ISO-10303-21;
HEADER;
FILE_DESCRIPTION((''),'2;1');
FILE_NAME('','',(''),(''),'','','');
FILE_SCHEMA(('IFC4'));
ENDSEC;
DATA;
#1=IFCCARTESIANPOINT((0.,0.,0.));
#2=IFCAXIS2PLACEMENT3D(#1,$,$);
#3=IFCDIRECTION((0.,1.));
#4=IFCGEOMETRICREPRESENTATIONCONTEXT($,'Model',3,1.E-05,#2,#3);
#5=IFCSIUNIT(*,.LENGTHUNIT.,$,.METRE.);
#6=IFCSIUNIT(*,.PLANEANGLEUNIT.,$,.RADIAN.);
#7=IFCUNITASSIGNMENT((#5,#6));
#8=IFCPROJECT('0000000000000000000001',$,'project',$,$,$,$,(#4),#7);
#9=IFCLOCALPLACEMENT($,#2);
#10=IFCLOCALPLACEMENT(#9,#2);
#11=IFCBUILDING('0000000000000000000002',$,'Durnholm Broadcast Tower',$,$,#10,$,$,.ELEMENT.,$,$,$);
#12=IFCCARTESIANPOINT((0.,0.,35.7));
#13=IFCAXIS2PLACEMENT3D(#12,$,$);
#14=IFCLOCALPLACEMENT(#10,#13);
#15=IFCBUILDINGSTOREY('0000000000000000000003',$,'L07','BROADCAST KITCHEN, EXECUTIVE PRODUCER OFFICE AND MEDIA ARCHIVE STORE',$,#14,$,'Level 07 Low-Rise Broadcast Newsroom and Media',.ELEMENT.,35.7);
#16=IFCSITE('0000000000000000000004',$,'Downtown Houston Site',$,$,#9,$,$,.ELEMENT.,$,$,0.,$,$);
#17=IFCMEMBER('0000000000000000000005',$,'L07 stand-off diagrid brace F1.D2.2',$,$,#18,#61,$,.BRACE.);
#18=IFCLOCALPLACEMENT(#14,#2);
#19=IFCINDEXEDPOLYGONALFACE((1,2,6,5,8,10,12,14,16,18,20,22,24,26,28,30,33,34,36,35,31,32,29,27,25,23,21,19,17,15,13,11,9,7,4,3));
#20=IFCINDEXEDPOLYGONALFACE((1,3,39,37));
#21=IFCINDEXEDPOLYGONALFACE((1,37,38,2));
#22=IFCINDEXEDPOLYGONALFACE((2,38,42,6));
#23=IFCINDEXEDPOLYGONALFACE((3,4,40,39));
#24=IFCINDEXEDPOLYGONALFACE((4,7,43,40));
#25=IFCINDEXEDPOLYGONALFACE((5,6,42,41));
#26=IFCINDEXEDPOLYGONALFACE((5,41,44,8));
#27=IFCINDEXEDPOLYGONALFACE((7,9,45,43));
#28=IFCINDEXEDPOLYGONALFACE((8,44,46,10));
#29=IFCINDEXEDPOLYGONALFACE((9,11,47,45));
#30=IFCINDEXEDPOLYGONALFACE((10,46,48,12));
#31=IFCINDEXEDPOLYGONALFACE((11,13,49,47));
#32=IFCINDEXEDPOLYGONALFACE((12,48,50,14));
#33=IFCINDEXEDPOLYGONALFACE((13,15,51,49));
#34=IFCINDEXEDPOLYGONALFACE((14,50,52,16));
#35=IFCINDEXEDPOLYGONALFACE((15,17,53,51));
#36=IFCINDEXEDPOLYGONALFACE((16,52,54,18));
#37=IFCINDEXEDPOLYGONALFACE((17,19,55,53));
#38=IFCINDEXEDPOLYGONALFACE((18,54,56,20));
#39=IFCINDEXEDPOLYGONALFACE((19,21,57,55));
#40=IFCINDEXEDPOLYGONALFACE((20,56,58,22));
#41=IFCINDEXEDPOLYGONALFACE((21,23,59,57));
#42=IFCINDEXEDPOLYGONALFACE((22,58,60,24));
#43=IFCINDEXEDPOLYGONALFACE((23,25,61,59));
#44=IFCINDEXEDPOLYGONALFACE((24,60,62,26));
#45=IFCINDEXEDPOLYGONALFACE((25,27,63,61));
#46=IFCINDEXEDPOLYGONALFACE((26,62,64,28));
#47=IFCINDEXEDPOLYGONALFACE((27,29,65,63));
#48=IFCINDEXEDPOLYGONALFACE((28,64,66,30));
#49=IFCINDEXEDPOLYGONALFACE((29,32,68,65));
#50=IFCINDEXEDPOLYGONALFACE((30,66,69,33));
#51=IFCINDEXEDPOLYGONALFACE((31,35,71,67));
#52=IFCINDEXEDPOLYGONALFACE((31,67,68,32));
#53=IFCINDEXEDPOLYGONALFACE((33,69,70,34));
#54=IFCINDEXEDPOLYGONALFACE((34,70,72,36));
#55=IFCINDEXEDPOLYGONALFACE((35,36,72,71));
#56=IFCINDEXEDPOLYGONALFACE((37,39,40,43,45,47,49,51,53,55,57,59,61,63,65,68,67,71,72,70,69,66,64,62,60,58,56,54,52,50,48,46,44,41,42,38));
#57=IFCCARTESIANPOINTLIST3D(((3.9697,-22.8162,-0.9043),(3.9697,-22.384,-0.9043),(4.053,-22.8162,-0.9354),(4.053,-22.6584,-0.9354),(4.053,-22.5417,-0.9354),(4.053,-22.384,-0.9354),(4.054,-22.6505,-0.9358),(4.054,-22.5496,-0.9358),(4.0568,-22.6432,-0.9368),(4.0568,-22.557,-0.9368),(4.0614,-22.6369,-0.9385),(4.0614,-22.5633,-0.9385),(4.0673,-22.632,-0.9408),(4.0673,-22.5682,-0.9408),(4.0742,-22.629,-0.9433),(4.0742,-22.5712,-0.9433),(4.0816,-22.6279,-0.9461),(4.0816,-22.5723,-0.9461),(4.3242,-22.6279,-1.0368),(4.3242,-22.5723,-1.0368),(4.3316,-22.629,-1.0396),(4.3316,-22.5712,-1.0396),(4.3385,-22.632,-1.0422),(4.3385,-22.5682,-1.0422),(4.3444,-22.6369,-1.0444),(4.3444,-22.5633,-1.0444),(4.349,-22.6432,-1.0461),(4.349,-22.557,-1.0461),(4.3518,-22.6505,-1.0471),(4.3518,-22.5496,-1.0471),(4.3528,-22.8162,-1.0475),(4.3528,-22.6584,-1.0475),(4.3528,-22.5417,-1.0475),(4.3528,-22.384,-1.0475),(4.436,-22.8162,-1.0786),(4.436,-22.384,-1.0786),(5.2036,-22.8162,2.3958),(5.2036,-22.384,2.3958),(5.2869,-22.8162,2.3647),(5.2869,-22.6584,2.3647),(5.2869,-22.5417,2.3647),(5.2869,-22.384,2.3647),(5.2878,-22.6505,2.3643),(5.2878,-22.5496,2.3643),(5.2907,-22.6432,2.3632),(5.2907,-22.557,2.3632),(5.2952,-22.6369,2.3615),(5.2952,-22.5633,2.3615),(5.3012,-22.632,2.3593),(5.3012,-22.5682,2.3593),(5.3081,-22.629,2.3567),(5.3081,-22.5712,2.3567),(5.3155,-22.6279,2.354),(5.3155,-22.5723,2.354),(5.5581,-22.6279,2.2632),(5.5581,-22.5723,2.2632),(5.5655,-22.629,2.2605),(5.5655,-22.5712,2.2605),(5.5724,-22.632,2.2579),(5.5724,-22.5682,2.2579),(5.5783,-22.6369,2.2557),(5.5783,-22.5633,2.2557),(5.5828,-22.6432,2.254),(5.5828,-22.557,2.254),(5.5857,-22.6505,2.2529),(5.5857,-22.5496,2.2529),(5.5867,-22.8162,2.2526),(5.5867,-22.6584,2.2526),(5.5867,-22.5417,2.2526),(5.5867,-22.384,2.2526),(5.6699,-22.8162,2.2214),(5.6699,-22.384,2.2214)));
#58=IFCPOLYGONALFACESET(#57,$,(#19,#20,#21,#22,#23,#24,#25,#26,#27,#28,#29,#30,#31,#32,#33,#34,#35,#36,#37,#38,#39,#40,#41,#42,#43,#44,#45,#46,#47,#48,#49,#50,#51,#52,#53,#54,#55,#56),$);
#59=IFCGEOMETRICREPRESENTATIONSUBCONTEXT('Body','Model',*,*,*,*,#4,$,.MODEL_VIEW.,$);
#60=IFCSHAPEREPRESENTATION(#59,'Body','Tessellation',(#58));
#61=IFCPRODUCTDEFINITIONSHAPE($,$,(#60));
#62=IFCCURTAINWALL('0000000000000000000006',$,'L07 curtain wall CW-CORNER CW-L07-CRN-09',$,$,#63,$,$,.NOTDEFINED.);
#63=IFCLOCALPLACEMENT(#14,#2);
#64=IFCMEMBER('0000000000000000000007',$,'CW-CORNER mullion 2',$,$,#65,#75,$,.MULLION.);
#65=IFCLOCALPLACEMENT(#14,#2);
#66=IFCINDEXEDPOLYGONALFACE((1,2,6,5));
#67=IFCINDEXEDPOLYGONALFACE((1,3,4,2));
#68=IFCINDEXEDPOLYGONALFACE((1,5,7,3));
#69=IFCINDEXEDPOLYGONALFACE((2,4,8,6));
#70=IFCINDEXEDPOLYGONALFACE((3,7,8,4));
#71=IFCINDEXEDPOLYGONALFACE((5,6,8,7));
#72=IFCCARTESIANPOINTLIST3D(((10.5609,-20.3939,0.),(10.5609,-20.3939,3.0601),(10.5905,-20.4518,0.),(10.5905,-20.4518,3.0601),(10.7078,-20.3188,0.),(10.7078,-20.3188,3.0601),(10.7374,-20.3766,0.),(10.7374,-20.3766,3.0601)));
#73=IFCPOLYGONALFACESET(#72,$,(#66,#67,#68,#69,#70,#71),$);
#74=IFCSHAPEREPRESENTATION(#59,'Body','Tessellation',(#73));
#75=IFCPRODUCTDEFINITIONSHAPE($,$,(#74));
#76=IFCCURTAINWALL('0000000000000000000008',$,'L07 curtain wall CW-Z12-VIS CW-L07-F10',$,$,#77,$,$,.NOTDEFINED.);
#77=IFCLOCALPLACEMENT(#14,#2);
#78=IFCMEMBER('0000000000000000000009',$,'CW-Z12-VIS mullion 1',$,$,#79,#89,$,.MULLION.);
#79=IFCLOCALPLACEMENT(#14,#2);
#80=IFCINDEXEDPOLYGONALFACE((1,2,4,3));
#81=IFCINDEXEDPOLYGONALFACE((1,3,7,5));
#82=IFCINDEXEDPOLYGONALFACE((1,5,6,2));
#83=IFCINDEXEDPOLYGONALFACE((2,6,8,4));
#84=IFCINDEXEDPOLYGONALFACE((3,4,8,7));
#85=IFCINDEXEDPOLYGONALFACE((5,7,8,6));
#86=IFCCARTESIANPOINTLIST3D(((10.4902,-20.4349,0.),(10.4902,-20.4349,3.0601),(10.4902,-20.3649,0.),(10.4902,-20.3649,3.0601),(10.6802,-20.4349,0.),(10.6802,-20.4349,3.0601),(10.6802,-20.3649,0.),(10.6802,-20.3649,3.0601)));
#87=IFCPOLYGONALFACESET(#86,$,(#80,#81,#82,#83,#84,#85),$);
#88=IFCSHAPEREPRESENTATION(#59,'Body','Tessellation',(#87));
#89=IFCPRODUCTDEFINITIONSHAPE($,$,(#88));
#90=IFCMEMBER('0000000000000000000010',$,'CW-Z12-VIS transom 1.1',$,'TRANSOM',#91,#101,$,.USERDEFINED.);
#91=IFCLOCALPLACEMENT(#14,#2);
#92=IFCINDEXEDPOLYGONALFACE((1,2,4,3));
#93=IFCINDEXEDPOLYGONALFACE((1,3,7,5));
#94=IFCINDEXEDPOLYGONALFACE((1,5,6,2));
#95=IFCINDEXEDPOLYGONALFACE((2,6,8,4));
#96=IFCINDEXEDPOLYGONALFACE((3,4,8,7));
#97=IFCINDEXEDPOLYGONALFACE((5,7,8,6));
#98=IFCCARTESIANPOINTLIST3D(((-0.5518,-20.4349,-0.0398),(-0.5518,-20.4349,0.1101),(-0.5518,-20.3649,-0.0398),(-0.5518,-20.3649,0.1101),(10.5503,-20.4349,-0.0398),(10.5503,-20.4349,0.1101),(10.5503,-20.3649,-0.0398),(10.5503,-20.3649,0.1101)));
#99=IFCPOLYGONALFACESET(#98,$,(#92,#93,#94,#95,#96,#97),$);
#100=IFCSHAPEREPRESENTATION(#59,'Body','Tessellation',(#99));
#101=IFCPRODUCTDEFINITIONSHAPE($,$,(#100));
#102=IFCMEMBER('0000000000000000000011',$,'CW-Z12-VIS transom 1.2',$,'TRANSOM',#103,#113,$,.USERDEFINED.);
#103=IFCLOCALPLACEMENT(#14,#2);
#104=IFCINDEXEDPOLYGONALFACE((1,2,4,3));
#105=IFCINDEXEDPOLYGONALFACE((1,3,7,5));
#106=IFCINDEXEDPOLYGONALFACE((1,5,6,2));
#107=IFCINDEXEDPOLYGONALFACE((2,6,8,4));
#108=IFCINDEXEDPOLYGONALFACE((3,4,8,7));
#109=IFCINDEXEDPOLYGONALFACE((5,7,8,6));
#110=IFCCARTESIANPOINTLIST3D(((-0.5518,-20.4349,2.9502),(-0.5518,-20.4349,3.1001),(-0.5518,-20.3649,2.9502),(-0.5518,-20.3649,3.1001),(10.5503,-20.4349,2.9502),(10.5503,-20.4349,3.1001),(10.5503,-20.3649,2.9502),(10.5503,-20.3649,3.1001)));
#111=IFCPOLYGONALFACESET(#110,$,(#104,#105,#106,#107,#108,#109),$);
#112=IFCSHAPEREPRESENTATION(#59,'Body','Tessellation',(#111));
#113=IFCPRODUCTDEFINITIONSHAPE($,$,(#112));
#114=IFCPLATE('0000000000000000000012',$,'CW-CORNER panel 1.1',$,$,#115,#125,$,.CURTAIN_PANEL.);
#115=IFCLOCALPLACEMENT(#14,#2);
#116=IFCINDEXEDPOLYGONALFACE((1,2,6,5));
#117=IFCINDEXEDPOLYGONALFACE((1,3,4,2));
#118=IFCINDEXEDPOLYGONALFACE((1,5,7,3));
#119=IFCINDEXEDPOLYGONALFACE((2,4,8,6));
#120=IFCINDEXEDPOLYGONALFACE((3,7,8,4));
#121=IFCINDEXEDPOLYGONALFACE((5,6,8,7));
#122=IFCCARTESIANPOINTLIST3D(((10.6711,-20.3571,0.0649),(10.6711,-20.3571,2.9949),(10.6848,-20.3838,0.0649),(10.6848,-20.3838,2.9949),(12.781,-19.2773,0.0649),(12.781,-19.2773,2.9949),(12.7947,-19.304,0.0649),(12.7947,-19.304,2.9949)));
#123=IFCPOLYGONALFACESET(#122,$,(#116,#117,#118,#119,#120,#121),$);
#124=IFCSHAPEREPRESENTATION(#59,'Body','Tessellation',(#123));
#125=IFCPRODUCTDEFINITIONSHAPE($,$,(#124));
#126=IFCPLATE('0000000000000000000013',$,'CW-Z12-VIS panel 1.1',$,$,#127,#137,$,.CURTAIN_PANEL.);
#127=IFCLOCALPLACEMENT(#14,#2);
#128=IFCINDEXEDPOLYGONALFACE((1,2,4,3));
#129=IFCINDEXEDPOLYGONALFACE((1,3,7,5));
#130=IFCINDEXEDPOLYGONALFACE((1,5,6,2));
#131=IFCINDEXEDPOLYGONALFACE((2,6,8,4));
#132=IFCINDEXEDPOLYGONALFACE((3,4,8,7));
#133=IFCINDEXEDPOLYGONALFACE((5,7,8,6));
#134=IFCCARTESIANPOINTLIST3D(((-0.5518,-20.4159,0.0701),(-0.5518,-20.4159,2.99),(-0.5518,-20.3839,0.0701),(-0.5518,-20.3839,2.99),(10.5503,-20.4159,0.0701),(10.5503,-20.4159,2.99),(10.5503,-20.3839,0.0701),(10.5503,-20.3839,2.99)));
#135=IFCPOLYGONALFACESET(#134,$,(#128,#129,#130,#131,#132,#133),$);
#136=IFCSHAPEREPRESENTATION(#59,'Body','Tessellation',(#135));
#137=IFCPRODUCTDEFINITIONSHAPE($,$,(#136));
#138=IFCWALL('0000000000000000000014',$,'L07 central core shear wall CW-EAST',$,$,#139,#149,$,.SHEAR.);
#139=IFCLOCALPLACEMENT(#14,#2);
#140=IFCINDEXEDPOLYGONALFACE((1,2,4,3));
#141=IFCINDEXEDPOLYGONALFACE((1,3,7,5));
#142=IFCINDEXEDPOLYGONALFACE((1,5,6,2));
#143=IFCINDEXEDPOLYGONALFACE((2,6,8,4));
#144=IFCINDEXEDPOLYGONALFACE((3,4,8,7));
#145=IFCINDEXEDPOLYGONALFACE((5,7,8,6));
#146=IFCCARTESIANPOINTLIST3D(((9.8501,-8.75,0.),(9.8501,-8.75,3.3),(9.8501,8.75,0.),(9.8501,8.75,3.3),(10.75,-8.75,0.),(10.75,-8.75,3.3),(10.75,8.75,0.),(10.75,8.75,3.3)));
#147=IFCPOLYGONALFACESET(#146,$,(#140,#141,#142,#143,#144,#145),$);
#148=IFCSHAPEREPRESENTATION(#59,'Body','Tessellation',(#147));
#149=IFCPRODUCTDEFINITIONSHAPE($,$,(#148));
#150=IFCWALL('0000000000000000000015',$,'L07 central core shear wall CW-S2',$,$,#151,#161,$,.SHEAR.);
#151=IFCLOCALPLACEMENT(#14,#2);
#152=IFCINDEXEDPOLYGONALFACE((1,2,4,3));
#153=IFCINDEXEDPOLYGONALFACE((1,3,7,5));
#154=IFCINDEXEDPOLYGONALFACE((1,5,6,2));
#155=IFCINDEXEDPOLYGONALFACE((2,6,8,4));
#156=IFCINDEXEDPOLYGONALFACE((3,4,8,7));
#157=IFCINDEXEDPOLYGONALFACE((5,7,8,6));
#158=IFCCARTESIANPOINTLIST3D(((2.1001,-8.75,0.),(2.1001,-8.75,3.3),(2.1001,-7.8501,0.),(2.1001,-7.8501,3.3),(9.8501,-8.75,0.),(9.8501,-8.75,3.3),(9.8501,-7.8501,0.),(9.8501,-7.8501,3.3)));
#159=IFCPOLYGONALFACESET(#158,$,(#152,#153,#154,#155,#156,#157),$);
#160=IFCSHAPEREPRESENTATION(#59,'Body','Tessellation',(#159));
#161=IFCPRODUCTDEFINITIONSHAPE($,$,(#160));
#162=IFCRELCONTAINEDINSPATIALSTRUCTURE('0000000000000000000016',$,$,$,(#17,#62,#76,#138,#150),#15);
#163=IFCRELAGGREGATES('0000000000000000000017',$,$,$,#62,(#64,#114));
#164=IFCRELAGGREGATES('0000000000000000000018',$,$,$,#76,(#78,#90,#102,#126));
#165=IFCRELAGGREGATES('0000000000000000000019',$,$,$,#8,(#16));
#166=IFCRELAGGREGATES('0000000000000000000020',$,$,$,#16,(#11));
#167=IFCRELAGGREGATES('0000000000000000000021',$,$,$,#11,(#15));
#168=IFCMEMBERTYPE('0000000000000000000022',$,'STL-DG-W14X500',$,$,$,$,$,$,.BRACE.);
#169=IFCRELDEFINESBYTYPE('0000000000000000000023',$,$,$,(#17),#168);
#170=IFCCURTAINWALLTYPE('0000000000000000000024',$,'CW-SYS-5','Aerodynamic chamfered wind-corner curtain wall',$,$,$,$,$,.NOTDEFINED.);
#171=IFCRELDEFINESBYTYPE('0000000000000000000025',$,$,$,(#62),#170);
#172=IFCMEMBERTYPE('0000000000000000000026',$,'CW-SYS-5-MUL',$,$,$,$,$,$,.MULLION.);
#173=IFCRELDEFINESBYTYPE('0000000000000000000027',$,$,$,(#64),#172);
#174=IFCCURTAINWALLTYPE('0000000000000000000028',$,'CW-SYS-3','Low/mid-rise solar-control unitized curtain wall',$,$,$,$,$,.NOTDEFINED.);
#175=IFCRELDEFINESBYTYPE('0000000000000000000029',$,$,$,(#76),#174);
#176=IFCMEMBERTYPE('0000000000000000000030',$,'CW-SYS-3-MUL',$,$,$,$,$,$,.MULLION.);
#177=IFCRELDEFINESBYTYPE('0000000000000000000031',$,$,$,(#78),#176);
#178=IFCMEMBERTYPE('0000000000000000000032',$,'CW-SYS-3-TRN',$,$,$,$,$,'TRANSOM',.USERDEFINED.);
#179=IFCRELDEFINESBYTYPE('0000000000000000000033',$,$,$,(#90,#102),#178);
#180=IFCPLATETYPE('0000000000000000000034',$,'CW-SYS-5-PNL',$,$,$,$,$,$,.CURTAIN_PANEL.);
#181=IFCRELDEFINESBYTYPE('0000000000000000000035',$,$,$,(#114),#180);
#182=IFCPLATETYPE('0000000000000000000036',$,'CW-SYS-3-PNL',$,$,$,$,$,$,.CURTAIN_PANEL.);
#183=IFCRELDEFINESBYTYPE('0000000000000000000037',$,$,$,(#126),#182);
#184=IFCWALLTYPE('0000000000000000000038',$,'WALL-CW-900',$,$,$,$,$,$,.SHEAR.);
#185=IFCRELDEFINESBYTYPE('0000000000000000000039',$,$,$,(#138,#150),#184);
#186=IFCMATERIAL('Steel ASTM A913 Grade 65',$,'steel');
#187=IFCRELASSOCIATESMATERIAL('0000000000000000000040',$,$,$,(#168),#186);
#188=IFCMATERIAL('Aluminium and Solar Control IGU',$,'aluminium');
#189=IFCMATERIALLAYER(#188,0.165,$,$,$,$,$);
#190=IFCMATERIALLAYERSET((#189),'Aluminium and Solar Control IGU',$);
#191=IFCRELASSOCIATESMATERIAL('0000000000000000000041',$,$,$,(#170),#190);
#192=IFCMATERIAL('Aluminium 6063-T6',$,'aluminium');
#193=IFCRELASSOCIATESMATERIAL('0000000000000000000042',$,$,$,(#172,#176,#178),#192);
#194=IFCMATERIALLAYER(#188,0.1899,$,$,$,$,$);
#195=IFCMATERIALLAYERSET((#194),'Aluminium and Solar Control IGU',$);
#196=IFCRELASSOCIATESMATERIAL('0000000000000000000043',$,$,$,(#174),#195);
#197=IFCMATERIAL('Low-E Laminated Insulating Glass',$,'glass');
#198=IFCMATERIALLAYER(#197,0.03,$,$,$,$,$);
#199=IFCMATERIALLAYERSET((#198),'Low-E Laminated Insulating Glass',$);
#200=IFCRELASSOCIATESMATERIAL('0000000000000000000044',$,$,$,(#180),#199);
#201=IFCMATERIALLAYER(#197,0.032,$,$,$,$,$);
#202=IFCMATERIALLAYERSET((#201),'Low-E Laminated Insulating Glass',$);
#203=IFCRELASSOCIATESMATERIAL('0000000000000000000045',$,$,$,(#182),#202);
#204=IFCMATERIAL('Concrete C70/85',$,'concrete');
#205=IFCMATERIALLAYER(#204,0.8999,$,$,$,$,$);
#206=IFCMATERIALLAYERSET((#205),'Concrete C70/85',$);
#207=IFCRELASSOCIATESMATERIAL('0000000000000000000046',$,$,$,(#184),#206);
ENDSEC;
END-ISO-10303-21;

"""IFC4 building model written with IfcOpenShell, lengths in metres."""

from ifc_helpers import new_model, si_unit, direction, frame, frame_2d, origin, origin_2d, place, context, subcontext, project, spatial, rectangle, i_section, extrude, source, transform, mapped, material, layer, layer_set, material_profile, profile_set, type_object, type_shapes, element, aggregate, save


model = new_model("IFC4")

# Units and contexts
model_context = context("Model", 3, precision=1e-05, world=origin(), true_north=direction((0.0, 1.0)))
body_context = subcontext(model_context, "Body", "Model", "MODEL_VIEW")
ifc_project = project(units=[si_unit("LENGTHUNIT", "METRE"), si_unit("PLANEANGLEUNIT", "RADIAN")], contexts=[model_context])

# Site, building, storey
site_placement = place(None, origin())
site = spatial("IfcSite", under=ifc_project, at=site_placement, Name="Downtown Houston Site", CompositionType="ELEMENT", RefElevation=0.0)
building_placement = place(site_placement, origin())
building = spatial("IfcBuilding", under=site, at=building_placement, Name="Durnholm Broadcast Tower", CompositionType="ELEMENT")
storey_placement = place(building_placement, frame((0.0, 0.0, 35.7)))
storey = spatial("IfcBuildingStorey", under=building, at=storey_placement, Name="L07", Description="BROADCAST KITCHEN, EXECUTIVE PRODUCER OFFICE AND MEDIA ARCHIVE STORE", LongName="Level 07 Low-Rise Broadcast Newsroom and Media", CompositionType="ELEMENT", Elevation=35.7)

# Shared definitions
ifc_material_1 = material(Name="Concrete C70/85", Category="concrete")

# Member
ifc_material_2 = material(Name="Steel ASTM A913 Grade 65", Category="steel")
ifc_material_profile_1 = material_profile(ifc_material_2, i_section(OverallWidth=0.4321, OverallDepth=0.4978, WebThickness=0.0557, FlangeThickness=0.0889, FilletRadius=0.0305, at=origin_2d()), Name="W14X500")
ifc_profile_set_1 = profile_set([ifc_material_profile_1], Name="Steel ASTM A913 Grade 65")
member_type_1 = type_object("IfcMemberType", Name="STL-DG-W14X500", PredefinedType="BRACE", material=ifc_profile_set_1)
shared_shape_1 = source(origin(), body_context, "Body", "SweptSolid", [
    extrude(i_section(OverallWidth=0.4321, OverallDepth=0.4978, WebThickness=0.0557, FlangeThickness=0.0889, FilletRadius=0.0305, at=origin_2d()), origin(), (0.0, 0.0, 1.0), 3.5232),
])
type_shapes(member_type_1, [shared_shape_1])
for number, where, z_axis, x_axis, name in (
    (1, (4.2029, -22.6001, -0.9915), (0.35022, 0.0, 0.936668), (0.0, 1.0, 0.0), "L07 stand-off diagrid brace F1.D2.2"),
):
    element("IfcMember", number, at=place(storey_placement, frame(where, z_axis=z_axis, x_axis=x_axis)), inside=storey, type_object=member_type_1, Name=name, PredefinedType="BRACE", context=body_context, shape_type="MappedRepresentation", body=[
        mapped(shared_shape_1, transform((0.0, 0.0, 0.0), x_axis=(1.0, 0.0, 0.0), y_axis=(0.0, 1.0, 0.0), z_axis=(0.0, 0.0, 1.0), scale=1.0)),
    ])

# Curtain wall, member
ifc_material_3 = material(Name="Aluminium and Solar Control IGU", Category="aluminium")
ifc_layer_1 = layer(ifc_material_3, 0.165)
ifc_layer_set_1 = layer_set([ifc_layer_1], Name="Aluminium and Solar Control IGU")
curtain_wall_type_1 = type_object("IfcCurtainWallType", Name="CW-SYS-5", Description="Aerodynamic chamfered wind-corner curtain wall", PredefinedType="NOTDEFINED", material=ifc_layer_set_1)
curtain_wall_1_placement = place(storey_placement, origin())
curtain_wall_1 = element("IfcCurtainWall", 2, at=curtain_wall_1_placement, inside=storey, type_object=curtain_wall_type_1, Name="L07 curtain wall CW-CORNER CW-L07-CRN-09", PredefinedType="NOTDEFINED")
ifc_material_4 = material(Name="Aluminium 6063-T6", Category="aluminium")
ifc_material_profile_2 = material_profile(ifc_material_4, rectangle(XDim=0.0649, YDim=0.165, at=origin_2d()), Name="CWM65X165")
ifc_profile_set_2 = profile_set([ifc_material_profile_2], Name="Aluminium 6063-T6")
member_type_2 = type_object("IfcMemberType", Name="CW-SYS-5-MUL", PredefinedType="MULLION", material=ifc_profile_set_2)
shared_shape_2 = source(origin(), body_context, "Body", "SweptSolid", [
    extrude(rectangle(XDim=0.0649, YDim=0.165, at=origin_2d()), origin(), (0.0, 0.0, 1.0), 3.0601),
])
type_shapes(member_type_2, [shared_shape_2])
member_1_placement = place(storey_placement, frame((10.6492, -20.3853, 0.0), z_axis=(0.0, 0.0, 1.0), x_axis=(0.455594, -0.890188, 0.0)))
member_1 = element("IfcMember", 3, at=member_1_placement, type_object=member_type_2, Name="CW-CORNER mullion 2", PredefinedType="MULLION", context=body_context, shape_type="MappedRepresentation", body=[
    mapped(shared_shape_2, transform((0.0, 0.0, 0.0), x_axis=(1.0, 0.0, 0.0), y_axis=(0.0, 1.0, 0.0), z_axis=(0.0, 0.0, 1.0), scale=1.0)),
])

# Curtain wall, members
ifc_layer_2 = layer(ifc_material_3, 0.1899)
ifc_layer_set_2 = layer_set([ifc_layer_2], Name="Aluminium and Solar Control IGU")
curtain_wall_type_2 = type_object("IfcCurtainWallType", Name="CW-SYS-3", Description="Low/mid-rise solar-control unitized curtain wall", PredefinedType="NOTDEFINED", material=ifc_layer_set_2)
curtain_wall_2_placement = place(storey_placement, origin())
curtain_wall_2 = element("IfcCurtainWall", 4, at=curtain_wall_2_placement, inside=storey, type_object=curtain_wall_type_2, Name="L07 curtain wall CW-Z12-VIS CW-L07-F10", PredefinedType="NOTDEFINED")
ifc_material_profile_3 = material_profile(ifc_material_4, rectangle(XDim=0.0701, YDim=0.1899, at=origin_2d()), Name="CWM70X190")
ifc_profile_set_3 = profile_set([ifc_material_profile_3], Name="Aluminium 6063-T6")
member_type_3 = type_object("IfcMemberType", Name="CW-SYS-3-MUL", PredefinedType="MULLION", material=ifc_profile_set_3)
shared_shape_3 = source(origin(), body_context, "Body", "SweptSolid", [
    extrude(rectangle(XDim=0.0701, YDim=0.1899, at=origin_2d()), origin(), (0.0, 0.0, 1.0), 3.0601),
])
type_shapes(member_type_3, [shared_shape_3])
member_2_placement = place(storey_placement, frame((10.5852, -20.3999, 0.0), z_axis=(0.0, 0.0, 1.0), x_axis=(0.0, -1.0, 0.0)))
member_2 = element("IfcMember", 5, at=member_2_placement, type_object=member_type_3, Name="CW-Z12-VIS mullion 1", PredefinedType="MULLION", context=body_context, shape_type="MappedRepresentation", body=[
    mapped(shared_shape_3, transform((0.0, 0.0, 0.0), x_axis=(1.0, 0.0, 0.0), y_axis=(0.0, 1.0, 0.0), z_axis=(0.0, 0.0, 1.0), scale=1.0)),
])
ifc_material_profile_4 = material_profile(ifc_material_4, rectangle(XDim=0.0701, YDim=0.1499, at=origin_2d()), Name="CWT70X150")
ifc_profile_set_4 = profile_set([ifc_material_profile_4], Name="Aluminium 6063-T6")
member_type_4 = type_object("IfcMemberType", Name="CW-SYS-3-TRN", ElementType="TRANSOM", PredefinedType="USERDEFINED", material=ifc_profile_set_4)
shared_shape_4 = source(origin(), body_context, "Body", "SweptSolid", [
    extrude(rectangle(XDim=0.0701, YDim=0.1499, at=origin_2d()), origin(), (0.0, 0.0, 1.0), 11.1021),
])
type_shapes(member_type_4, [shared_shape_4])
member_3_placement = place(storey_placement, frame((10.5503, -20.3999, 0.0352), z_axis=(-1.0, 0.0, 0.0), x_axis=(0.0, -1.0, 0.0)))
member_3 = element("IfcMember", 6, at=member_3_placement, type_object=member_type_4, Name="CW-Z12-VIS transom 1.1", ObjectType="TRANSOM", PredefinedType="USERDEFINED", context=body_context, shape_type="MappedRepresentation", body=[
    mapped(shared_shape_4, transform((0.0, 0.0, 0.0), x_axis=(1.0, 0.0, 0.0), y_axis=(0.0, 1.0, 0.0), z_axis=(0.0, 0.0, 1.0), scale=1.0)),
])
member_4_placement = place(storey_placement, frame((10.5503, -20.3999, 3.0251), z_axis=(-1.0, 0.0, 0.0), x_axis=(0.0, -1.0, 0.0)))
member_4 = element("IfcMember", 7, at=member_4_placement, type_object=member_type_4, Name="CW-Z12-VIS transom 1.2", ObjectType="TRANSOM", PredefinedType="USERDEFINED", context=body_context, shape_type="MappedRepresentation", body=[
    mapped(shared_shape_4, transform((0.0, 0.0, 0.0), x_axis=(1.0, 0.0, 0.0), y_axis=(0.0, 1.0, 0.0), z_axis=(0.0, 0.0, 1.0), scale=1.0)),
])

# Plates
ifc_material_5 = material(Name="Low-E Laminated Insulating Glass", Category="glass")
ifc_layer_3 = layer(ifc_material_5, 0.03)
ifc_layer_set_3 = layer_set([ifc_layer_3], Name="Low-E Laminated Insulating Glass")
plate_type_1 = type_object("IfcPlateType", Name="CW-SYS-5-PNL", PredefinedType="CURTAIN_PANEL", material=ifc_layer_set_3)
shared_shape_5 = source(origin(), body_context, "Body", "SweptSolid", [
    extrude(rectangle(XDim=2.3701, YDim=0.03, at=origin_2d()), origin(), (0.0, 0.0, 1.0), 2.9299),
])
type_shapes(plate_type_1, [shared_shape_5])
plate_1_placement = place(storey_placement, frame((11.7329, -19.8306, 0.0649), z_axis=(0.0, 0.0, 1.0), x_axis=(-0.890188, -0.455594, 0.0)))
plate_1 = element("IfcPlate", 8, at=plate_1_placement, type_object=plate_type_1, Name="CW-CORNER panel 1.1", PredefinedType="CURTAIN_PANEL", context=body_context, shape_type="MappedRepresentation", body=[
    mapped(shared_shape_5, transform((0.0, 0.0, 0.0), x_axis=(1.0, 0.0, 0.0), y_axis=(0.0, 1.0, 0.0), z_axis=(0.0, 0.0, 1.0), scale=1.0)),
])
aggregate(curtain_wall_1, [member_1, plate_1])
ifc_layer_4 = layer(ifc_material_5, 0.032)
ifc_layer_set_4 = layer_set([ifc_layer_4], Name="Low-E Laminated Insulating Glass")
plate_type_2 = type_object("IfcPlateType", Name="CW-SYS-3-PNL", PredefinedType="CURTAIN_PANEL", material=ifc_layer_set_4)
shared_shape_6 = source(origin(), body_context, "Body", "SweptSolid", [
    extrude(rectangle(XDim=11.1021, YDim=0.032, at=origin_2d()), origin(), (0.0, 0.0, 1.0), 2.9199),
])
type_shapes(plate_type_2, [shared_shape_6])
plate_2_placement = place(storey_placement, frame((4.9993, -20.3999, 0.0701), z_axis=(0.0, 0.0, 1.0), x_axis=(-1.0, 0.0, 0.0)))
plate_2 = element("IfcPlate", 9, at=plate_2_placement, type_object=plate_type_2, Name="CW-Z12-VIS panel 1.1", PredefinedType="CURTAIN_PANEL", context=body_context, shape_type="MappedRepresentation", body=[
    mapped(shared_shape_6, transform((0.0, 0.0, 0.0), x_axis=(1.0, 0.0, 0.0), y_axis=(0.0, 1.0, 0.0), z_axis=(0.0, 0.0, 1.0), scale=1.0)),
])
aggregate(curtain_wall_2, [member_2, member_3, member_4, plate_2])

# Walls
ifc_layer_5 = layer(ifc_material_1, 0.8999)
ifc_layer_set_5 = layer_set([ifc_layer_5], Name="Concrete C70/85")
wall_type_1 = type_object("IfcWallType", Name="WALL-CW-900", PredefinedType="SHEAR", material=ifc_layer_set_5)
wall_1_placement = place(storey_placement, frame((10.3, -8.75, 0.0), z_axis=(0.0, 0.0, 1.0), x_axis=(0.0, 1.0, 0.0)))
element("IfcWall", 10, at=wall_1_placement, inside=storey, type_object=wall_type_1, Name="L07 central core shear wall CW-EAST", PredefinedType="SHEAR", context=body_context, shape_type="SweptSolid", body=[
    extrude(rectangle(XDim=17.5, YDim=0.8999, at=frame_2d((8.75, 0.0))), origin(), (0.0, 0.0, 1.0), 3.3),
])
wall_2_placement = place(storey_placement, frame((2.1001, -8.3, 0.0), z_axis=(0.0, 0.0, 1.0), x_axis=(1.0, 0.0, 0.0)))
element("IfcWall", 11, at=wall_2_placement, inside=storey, type_object=wall_type_1, Name="L07 central core shear wall CW-S2", PredefinedType="SHEAR", context=body_context, shape_type="SweptSolid", body=[
    extrude(rectangle(XDim=7.75, YDim=0.8999, at=frame_2d((3.875, 0.0))), origin(), (0.0, 0.0, 1.0), 3.3),
])

save(model, "model.ifc")
